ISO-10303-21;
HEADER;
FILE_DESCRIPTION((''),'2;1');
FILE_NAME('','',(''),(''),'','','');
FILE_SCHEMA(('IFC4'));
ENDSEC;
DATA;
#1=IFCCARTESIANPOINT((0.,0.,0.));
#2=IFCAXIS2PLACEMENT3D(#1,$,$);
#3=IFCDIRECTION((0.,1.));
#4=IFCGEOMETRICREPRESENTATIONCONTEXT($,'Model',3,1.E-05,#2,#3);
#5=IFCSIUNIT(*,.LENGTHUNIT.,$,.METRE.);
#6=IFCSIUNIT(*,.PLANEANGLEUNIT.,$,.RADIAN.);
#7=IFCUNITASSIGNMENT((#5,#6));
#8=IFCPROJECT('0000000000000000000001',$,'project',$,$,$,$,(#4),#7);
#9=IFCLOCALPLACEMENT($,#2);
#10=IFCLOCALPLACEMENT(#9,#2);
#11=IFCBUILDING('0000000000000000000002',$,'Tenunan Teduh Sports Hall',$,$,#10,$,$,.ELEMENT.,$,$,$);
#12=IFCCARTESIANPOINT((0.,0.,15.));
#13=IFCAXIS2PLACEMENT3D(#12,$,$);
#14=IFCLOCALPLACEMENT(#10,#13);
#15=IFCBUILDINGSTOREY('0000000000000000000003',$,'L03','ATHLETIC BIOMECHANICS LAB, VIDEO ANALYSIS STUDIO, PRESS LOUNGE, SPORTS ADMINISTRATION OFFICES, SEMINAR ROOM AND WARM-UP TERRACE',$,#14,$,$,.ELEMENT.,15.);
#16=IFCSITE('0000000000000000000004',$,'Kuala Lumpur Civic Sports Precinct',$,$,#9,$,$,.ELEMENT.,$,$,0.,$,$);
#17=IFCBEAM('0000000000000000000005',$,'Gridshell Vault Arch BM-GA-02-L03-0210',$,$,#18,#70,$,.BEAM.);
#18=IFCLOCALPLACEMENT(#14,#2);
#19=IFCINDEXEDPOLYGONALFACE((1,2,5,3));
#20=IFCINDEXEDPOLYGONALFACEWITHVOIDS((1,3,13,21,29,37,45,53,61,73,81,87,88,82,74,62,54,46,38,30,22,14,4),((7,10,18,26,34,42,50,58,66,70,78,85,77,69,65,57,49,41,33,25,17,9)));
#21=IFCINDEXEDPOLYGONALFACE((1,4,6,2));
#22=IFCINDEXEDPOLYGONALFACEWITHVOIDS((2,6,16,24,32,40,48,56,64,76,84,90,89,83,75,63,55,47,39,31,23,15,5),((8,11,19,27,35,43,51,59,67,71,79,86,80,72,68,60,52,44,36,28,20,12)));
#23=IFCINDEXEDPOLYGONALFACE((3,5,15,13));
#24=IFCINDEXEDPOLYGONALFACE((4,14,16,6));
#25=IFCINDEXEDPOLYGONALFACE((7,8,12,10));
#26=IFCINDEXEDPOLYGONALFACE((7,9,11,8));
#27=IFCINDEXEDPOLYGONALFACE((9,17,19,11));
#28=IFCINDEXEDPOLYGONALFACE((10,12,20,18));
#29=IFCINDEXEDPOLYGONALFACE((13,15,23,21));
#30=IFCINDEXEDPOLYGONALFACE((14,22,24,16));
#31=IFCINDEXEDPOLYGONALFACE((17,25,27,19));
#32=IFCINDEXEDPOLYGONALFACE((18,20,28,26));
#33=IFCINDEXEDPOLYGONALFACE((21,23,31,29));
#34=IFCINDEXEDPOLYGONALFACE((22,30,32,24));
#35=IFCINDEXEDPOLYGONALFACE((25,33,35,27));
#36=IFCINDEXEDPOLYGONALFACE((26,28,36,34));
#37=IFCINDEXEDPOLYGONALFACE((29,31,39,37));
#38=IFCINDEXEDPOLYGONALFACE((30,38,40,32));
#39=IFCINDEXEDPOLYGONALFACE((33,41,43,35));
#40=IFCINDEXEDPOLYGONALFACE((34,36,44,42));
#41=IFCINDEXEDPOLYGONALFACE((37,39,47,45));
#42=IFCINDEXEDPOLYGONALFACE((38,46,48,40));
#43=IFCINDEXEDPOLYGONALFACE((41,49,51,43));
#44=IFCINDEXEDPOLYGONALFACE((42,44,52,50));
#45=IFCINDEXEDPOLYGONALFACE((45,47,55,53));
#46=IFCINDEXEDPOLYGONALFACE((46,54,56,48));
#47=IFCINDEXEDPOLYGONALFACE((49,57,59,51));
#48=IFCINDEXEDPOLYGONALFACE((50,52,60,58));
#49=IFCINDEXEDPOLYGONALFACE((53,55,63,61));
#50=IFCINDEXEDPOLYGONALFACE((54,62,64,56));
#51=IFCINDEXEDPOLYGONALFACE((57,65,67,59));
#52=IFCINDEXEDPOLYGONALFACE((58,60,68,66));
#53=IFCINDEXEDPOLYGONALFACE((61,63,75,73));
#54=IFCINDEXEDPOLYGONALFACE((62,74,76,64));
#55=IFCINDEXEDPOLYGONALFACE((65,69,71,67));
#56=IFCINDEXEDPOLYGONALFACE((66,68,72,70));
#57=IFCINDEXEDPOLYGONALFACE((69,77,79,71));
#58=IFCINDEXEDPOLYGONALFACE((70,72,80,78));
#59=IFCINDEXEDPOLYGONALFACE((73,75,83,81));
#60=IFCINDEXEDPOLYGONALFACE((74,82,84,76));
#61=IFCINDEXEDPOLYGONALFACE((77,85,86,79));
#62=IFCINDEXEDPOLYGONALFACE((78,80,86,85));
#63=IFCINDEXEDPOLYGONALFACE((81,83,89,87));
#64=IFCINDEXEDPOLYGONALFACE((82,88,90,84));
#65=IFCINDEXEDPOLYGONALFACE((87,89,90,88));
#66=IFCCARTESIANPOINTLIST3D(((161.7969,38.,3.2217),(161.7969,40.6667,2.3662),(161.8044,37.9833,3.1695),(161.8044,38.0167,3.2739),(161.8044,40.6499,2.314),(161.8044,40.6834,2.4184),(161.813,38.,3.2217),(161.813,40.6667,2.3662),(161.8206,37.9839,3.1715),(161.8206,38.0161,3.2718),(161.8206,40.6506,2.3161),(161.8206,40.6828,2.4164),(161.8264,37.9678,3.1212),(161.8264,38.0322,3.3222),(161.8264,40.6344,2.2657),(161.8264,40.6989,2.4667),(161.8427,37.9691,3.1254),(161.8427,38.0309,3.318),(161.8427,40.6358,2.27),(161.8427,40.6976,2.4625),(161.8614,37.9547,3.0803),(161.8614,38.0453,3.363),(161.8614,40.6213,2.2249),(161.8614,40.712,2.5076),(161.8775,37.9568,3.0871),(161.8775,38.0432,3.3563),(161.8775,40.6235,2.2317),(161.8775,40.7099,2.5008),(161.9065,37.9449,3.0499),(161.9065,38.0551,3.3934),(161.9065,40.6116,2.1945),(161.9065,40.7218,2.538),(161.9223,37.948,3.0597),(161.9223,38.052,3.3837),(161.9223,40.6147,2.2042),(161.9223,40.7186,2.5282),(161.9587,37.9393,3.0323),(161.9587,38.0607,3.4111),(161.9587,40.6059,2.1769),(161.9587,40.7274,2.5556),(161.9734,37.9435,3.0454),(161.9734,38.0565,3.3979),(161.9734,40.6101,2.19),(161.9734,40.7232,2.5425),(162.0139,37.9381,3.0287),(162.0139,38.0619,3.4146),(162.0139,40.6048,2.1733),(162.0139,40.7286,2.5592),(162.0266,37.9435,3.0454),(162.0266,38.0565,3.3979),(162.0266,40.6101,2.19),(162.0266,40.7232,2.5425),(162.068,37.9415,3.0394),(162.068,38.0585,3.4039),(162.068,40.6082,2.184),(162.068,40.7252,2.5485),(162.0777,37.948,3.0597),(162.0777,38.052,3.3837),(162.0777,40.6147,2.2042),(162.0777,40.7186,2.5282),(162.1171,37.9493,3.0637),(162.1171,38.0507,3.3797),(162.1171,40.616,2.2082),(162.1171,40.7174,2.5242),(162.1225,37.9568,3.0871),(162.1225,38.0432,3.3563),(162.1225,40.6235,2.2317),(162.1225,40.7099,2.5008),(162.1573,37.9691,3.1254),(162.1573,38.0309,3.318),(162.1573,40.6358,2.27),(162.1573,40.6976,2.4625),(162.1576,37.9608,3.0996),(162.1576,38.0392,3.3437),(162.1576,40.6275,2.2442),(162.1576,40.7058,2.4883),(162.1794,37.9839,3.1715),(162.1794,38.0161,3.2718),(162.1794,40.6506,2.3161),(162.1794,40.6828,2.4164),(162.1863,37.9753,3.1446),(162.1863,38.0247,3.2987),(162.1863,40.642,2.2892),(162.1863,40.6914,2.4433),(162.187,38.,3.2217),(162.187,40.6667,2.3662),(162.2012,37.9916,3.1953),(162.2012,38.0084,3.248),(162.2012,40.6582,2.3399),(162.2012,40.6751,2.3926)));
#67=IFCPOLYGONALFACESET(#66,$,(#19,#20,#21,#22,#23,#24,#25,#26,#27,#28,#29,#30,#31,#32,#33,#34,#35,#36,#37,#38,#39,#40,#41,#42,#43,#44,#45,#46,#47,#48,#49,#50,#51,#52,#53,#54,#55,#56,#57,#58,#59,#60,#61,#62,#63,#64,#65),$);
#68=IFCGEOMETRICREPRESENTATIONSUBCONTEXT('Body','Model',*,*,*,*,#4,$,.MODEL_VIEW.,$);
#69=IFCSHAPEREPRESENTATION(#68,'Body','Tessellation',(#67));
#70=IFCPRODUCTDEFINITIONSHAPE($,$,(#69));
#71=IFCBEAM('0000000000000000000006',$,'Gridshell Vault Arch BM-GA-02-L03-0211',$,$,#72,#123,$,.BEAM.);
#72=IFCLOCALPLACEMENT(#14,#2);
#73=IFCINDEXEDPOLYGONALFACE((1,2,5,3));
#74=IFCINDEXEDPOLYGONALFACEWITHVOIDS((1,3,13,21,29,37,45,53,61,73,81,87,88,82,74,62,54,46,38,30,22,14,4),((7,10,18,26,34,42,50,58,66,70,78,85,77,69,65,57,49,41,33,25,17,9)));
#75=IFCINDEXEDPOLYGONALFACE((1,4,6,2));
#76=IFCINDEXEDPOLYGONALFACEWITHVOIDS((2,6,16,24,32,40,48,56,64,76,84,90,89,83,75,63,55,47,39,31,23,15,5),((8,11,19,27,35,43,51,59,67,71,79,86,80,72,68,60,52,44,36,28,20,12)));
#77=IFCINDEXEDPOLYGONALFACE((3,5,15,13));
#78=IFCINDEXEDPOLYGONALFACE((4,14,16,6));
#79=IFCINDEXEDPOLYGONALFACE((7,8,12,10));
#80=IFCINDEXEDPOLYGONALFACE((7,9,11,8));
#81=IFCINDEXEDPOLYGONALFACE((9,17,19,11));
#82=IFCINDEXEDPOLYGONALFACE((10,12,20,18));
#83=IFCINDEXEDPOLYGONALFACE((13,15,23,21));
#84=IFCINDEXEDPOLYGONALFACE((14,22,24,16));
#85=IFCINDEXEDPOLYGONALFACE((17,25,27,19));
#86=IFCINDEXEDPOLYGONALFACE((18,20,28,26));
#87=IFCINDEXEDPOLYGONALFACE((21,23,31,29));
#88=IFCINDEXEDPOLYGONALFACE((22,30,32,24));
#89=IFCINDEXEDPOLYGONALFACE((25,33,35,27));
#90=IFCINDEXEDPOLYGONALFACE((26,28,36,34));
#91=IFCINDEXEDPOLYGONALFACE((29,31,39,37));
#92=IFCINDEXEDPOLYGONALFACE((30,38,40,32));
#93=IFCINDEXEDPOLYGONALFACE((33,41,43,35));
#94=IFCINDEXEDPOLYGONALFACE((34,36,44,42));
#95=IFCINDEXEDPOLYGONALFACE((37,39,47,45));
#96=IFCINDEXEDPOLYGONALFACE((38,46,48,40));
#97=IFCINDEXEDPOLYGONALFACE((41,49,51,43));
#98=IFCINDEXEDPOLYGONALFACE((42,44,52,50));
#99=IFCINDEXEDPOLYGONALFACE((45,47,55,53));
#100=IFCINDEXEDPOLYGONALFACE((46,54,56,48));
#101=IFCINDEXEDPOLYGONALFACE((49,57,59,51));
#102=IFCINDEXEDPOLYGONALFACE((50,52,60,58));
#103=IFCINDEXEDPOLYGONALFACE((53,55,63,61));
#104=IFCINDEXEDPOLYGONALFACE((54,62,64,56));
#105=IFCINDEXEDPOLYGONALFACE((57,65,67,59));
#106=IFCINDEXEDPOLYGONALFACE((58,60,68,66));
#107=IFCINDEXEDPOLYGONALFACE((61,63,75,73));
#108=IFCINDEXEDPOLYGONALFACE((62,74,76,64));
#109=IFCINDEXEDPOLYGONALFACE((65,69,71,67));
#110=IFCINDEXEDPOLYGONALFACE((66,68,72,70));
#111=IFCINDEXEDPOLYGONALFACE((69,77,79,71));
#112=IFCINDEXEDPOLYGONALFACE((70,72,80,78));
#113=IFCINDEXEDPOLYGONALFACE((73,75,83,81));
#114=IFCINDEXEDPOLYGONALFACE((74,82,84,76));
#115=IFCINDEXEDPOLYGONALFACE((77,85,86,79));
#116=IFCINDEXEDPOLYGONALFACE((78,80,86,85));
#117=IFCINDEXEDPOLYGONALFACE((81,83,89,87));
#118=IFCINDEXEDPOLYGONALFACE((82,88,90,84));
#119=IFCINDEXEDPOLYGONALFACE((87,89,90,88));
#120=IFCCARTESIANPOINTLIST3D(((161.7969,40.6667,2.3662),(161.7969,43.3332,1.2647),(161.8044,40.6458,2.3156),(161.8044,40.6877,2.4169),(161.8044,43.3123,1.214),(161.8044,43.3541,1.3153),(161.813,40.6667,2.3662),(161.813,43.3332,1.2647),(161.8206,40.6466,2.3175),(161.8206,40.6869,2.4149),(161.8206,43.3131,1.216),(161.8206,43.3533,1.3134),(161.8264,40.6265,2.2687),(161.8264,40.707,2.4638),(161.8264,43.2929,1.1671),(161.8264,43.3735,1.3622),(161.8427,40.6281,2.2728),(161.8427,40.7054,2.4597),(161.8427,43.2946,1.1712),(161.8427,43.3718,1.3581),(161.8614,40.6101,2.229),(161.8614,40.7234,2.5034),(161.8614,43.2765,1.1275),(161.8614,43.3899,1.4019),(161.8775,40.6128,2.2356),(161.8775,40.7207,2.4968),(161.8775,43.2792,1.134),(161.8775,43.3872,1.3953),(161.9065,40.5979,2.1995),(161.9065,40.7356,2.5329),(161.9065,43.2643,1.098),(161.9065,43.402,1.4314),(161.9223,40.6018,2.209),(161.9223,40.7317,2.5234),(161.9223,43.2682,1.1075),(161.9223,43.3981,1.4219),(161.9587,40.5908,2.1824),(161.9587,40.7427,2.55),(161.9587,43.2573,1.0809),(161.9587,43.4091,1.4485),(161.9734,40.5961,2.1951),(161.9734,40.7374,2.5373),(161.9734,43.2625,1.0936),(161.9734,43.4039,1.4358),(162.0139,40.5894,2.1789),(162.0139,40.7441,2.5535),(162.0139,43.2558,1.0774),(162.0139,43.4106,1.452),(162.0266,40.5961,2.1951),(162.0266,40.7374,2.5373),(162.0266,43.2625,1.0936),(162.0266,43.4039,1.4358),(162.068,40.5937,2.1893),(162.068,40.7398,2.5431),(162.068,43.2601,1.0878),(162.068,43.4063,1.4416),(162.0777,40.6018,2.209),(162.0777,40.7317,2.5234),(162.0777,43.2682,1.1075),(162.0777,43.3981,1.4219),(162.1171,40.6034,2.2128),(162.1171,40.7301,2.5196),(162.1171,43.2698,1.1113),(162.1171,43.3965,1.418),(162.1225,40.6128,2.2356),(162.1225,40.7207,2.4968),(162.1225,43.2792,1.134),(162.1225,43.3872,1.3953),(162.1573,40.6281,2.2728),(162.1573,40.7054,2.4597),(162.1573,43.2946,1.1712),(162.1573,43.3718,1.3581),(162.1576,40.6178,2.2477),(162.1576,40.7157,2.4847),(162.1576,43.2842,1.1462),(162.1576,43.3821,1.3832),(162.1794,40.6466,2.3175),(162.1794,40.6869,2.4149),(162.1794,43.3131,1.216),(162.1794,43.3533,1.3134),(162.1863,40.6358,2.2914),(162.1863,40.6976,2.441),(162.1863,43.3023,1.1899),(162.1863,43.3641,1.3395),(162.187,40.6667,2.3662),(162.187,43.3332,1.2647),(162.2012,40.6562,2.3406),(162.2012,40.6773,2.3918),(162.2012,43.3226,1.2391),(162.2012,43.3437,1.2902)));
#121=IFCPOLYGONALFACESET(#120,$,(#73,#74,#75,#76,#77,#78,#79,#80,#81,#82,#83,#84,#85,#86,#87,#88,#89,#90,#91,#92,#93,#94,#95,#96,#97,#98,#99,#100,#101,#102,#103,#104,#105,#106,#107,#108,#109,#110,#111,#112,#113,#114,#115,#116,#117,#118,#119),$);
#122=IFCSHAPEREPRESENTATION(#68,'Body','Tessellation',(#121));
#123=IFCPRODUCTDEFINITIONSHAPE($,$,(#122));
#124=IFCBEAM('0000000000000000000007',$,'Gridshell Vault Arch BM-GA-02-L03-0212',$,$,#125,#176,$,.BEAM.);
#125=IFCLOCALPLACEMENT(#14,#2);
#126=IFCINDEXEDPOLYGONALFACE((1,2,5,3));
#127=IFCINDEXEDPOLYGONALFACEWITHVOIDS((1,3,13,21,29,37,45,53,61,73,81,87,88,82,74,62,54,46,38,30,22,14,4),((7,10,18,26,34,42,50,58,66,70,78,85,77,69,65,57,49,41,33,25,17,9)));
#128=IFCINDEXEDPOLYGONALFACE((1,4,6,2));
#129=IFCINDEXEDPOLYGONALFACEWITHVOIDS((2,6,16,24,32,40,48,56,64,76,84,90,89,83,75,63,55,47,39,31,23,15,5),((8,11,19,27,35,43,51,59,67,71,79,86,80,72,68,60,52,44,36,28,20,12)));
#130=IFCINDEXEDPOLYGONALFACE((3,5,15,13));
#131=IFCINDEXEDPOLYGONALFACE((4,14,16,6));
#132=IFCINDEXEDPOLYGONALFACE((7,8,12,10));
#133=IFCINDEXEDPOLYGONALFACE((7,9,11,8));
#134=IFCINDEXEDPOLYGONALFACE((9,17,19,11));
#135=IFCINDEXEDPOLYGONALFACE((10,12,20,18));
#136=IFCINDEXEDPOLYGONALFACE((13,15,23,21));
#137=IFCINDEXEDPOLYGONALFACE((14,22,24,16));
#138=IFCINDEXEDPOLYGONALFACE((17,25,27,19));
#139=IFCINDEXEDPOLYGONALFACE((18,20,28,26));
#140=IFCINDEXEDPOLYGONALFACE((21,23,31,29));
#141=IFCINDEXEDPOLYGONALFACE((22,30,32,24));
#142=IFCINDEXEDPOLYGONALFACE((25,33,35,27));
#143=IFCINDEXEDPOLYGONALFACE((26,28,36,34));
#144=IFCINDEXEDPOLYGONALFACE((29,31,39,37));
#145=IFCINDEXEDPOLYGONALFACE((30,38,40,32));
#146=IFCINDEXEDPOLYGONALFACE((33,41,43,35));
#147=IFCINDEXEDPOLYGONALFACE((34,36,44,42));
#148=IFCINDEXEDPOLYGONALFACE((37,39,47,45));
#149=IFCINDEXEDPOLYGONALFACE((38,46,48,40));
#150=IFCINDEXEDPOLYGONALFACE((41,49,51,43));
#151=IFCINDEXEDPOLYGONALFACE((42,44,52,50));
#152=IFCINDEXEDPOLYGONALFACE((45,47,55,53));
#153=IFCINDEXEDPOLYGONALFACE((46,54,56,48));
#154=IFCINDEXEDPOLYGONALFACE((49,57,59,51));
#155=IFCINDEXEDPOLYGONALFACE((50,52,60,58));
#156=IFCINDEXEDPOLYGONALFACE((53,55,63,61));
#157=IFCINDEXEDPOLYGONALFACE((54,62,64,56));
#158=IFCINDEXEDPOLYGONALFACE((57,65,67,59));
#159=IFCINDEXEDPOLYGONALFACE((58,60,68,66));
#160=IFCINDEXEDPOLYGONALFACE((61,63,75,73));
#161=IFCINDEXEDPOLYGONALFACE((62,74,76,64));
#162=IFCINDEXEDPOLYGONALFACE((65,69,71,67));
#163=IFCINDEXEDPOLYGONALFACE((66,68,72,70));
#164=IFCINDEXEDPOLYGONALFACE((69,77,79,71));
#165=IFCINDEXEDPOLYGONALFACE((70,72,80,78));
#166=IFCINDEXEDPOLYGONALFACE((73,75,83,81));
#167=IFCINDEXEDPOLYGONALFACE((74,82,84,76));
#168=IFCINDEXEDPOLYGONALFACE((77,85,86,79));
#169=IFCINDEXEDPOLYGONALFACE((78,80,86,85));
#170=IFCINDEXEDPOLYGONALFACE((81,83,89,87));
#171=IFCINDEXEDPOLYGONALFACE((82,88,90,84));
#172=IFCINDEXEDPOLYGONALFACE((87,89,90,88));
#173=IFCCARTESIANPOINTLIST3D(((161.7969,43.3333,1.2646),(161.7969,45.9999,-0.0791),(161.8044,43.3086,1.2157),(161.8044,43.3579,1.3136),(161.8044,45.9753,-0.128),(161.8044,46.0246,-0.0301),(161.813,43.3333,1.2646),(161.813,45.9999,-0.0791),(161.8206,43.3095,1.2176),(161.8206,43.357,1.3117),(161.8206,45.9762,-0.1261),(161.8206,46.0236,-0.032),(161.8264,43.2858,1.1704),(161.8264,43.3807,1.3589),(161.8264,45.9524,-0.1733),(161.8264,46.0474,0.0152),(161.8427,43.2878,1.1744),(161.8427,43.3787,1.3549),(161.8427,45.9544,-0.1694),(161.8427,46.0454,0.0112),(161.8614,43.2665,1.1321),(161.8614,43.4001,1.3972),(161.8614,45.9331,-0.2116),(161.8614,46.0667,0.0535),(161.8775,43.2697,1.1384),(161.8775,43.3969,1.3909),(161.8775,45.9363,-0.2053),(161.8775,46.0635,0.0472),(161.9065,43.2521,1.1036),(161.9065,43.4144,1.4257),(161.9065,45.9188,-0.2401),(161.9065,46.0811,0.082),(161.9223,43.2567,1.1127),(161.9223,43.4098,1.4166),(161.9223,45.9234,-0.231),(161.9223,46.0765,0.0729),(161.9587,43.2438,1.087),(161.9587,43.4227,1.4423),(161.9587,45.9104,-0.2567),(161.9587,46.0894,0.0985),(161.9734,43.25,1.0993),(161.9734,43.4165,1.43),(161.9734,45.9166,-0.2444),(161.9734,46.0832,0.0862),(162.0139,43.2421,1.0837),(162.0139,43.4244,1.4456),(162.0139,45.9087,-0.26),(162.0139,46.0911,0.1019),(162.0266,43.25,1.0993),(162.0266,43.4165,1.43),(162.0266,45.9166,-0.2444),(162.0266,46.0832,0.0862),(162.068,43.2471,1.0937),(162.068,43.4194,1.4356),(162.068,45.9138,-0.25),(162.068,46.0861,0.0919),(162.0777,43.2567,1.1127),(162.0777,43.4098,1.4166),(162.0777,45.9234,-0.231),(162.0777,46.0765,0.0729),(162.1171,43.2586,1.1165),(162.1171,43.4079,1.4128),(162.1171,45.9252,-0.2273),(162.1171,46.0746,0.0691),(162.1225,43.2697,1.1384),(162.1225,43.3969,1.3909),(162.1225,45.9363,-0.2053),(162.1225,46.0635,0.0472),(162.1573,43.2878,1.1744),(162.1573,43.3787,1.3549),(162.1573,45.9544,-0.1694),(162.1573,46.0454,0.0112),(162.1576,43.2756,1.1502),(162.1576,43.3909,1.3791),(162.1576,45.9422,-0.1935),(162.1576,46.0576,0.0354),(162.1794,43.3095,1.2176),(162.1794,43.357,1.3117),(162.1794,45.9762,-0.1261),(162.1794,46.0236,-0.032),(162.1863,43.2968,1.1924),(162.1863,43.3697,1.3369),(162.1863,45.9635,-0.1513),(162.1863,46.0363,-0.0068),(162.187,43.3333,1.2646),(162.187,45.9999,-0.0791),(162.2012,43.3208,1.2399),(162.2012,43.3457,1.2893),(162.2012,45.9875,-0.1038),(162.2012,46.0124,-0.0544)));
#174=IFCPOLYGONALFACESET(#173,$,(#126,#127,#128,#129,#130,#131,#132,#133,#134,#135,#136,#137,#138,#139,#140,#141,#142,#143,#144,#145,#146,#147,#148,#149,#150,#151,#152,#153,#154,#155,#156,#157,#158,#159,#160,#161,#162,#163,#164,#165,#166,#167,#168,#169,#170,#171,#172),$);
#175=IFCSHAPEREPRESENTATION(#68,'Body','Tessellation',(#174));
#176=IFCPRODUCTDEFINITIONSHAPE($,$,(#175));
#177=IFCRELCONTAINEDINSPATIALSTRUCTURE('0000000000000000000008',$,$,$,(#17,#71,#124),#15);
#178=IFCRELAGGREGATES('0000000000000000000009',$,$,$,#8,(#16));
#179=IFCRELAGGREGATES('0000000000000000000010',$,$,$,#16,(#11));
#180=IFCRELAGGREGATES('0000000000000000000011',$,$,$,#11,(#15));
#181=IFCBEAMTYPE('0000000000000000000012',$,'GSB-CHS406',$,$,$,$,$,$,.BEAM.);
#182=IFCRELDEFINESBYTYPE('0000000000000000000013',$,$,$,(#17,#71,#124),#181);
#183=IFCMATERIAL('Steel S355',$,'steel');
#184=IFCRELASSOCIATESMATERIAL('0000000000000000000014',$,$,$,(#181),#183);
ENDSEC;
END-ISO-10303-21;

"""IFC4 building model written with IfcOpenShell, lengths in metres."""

from ifc_helpers import new_model, si_unit, direction, frame, origin, origin_2d, place, context, subcontext, project, spatial, hollow_circle, extrude, material, material_profile, profile_set, type_object, element, save


model = new_model("IFC4")

# Units and contexts
model_context = context("Model", 3, precision=1e-05, world=origin(), true_north=direction((0.0, 1.0)))
body_context = subcontext(model_context, "Body", "Model", "MODEL_VIEW")
ifc_project = project(units=[si_unit("LENGTHUNIT", "METRE"), si_unit("PLANEANGLEUNIT", "RADIAN")], contexts=[model_context])

# Site, building, storey
site_placement = place(None, origin())
site = spatial("IfcSite", under=ifc_project, at=site_placement, Name="Kuala Lumpur Civic Sports Precinct", CompositionType="ELEMENT", RefElevation=0.0)
building_placement = place(site_placement, origin())
building = spatial("IfcBuilding", under=site, at=building_placement, Name="Tenunan Teduh Sports Hall", CompositionType="ELEMENT")
storey_placement = place(building_placement, frame((0.0, 0.0, 15.0)))
storey = spatial("IfcBuildingStorey", under=building, at=storey_placement, Name="L03", Description="ATHLETIC BIOMECHANICS LAB, VIDEO ANALYSIS STUDIO, PRESS LOUNGE, SPORTS ADMINISTRATION OFFICES, SEMINAR ROOM AND WARM-UP TERRACE", CompositionType="ELEMENT", Elevation=15.0)

# Beams
ifc_material_1 = material(Name="Steel S355", Category="steel")
ifc_material_profile_1 = material_profile(ifc_material_1, hollow_circle(Radius=0.2031, WallThickness=0.0161, at=origin_2d()), Name="CHS 406.4x16.0")
ifc_profile_set_1 = profile_set([ifc_material_profile_1], Name="Steel S355")
beam_type_1 = type_object("IfcBeamType", Name="GSB-CHS406", PredefinedType="BEAM", material=ifc_profile_set_1)
beam_1_placement = place(storey_placement, frame((162.0, 38.0, 3.2217), z_axis=(0.0, 0.952205, -0.305459), x_axis=(-1.0, 0.0, 0.0)))
element("IfcBeam", 1, at=beam_1_placement, inside=storey, type_object=beam_type_1, Name="Gridshell Vault Arch BM-GA-02-L03-0210", PredefinedType="BEAM", context=body_context, shape_type="SweptSolid", body=[
    extrude(hollow_circle(Radius=0.2031, WallThickness=0.0161, at=origin_2d()), origin(), (0.0, 0.0, 1.0), 2.8005),
])
beam_2_placement = place(storey_placement, frame((162.0, 40.6667, 2.3662), z_axis=(0.0, 0.924239, -0.381814), x_axis=(-1.0, 0.0, 0.0)))
element("IfcBeam", 2, at=beam_2_placement, inside=storey, type_object=beam_type_1, Name="Gridshell Vault Arch BM-GA-02-L03-0211", PredefinedType="BEAM", context=body_context, shape_type="SweptSolid", body=[
    extrude(hollow_circle(Radius=0.2031, WallThickness=0.0161, at=origin_2d()), origin(), (0.0, 0.0, 1.0), 2.885),
])
beam_3_placement = place(storey_placement, frame((162.0, 43.3333, 1.2646), z_axis=(0.0, 0.893033, -0.449991), x_axis=(-1.0, 0.0, 0.0)))
element("IfcBeam", 3, at=beam_3_placement, inside=storey, type_object=beam_type_1, Name="Gridshell Vault Arch BM-GA-02-L03-0212", PredefinedType="BEAM", context=body_context, shape_type="SweptSolid", body=[
    extrude(hollow_circle(Radius=0.2031, WallThickness=0.0161, at=origin_2d()), origin(), (0.0, 0.0, 1.0), 2.9861),
])

save(model, "model.ifc")
